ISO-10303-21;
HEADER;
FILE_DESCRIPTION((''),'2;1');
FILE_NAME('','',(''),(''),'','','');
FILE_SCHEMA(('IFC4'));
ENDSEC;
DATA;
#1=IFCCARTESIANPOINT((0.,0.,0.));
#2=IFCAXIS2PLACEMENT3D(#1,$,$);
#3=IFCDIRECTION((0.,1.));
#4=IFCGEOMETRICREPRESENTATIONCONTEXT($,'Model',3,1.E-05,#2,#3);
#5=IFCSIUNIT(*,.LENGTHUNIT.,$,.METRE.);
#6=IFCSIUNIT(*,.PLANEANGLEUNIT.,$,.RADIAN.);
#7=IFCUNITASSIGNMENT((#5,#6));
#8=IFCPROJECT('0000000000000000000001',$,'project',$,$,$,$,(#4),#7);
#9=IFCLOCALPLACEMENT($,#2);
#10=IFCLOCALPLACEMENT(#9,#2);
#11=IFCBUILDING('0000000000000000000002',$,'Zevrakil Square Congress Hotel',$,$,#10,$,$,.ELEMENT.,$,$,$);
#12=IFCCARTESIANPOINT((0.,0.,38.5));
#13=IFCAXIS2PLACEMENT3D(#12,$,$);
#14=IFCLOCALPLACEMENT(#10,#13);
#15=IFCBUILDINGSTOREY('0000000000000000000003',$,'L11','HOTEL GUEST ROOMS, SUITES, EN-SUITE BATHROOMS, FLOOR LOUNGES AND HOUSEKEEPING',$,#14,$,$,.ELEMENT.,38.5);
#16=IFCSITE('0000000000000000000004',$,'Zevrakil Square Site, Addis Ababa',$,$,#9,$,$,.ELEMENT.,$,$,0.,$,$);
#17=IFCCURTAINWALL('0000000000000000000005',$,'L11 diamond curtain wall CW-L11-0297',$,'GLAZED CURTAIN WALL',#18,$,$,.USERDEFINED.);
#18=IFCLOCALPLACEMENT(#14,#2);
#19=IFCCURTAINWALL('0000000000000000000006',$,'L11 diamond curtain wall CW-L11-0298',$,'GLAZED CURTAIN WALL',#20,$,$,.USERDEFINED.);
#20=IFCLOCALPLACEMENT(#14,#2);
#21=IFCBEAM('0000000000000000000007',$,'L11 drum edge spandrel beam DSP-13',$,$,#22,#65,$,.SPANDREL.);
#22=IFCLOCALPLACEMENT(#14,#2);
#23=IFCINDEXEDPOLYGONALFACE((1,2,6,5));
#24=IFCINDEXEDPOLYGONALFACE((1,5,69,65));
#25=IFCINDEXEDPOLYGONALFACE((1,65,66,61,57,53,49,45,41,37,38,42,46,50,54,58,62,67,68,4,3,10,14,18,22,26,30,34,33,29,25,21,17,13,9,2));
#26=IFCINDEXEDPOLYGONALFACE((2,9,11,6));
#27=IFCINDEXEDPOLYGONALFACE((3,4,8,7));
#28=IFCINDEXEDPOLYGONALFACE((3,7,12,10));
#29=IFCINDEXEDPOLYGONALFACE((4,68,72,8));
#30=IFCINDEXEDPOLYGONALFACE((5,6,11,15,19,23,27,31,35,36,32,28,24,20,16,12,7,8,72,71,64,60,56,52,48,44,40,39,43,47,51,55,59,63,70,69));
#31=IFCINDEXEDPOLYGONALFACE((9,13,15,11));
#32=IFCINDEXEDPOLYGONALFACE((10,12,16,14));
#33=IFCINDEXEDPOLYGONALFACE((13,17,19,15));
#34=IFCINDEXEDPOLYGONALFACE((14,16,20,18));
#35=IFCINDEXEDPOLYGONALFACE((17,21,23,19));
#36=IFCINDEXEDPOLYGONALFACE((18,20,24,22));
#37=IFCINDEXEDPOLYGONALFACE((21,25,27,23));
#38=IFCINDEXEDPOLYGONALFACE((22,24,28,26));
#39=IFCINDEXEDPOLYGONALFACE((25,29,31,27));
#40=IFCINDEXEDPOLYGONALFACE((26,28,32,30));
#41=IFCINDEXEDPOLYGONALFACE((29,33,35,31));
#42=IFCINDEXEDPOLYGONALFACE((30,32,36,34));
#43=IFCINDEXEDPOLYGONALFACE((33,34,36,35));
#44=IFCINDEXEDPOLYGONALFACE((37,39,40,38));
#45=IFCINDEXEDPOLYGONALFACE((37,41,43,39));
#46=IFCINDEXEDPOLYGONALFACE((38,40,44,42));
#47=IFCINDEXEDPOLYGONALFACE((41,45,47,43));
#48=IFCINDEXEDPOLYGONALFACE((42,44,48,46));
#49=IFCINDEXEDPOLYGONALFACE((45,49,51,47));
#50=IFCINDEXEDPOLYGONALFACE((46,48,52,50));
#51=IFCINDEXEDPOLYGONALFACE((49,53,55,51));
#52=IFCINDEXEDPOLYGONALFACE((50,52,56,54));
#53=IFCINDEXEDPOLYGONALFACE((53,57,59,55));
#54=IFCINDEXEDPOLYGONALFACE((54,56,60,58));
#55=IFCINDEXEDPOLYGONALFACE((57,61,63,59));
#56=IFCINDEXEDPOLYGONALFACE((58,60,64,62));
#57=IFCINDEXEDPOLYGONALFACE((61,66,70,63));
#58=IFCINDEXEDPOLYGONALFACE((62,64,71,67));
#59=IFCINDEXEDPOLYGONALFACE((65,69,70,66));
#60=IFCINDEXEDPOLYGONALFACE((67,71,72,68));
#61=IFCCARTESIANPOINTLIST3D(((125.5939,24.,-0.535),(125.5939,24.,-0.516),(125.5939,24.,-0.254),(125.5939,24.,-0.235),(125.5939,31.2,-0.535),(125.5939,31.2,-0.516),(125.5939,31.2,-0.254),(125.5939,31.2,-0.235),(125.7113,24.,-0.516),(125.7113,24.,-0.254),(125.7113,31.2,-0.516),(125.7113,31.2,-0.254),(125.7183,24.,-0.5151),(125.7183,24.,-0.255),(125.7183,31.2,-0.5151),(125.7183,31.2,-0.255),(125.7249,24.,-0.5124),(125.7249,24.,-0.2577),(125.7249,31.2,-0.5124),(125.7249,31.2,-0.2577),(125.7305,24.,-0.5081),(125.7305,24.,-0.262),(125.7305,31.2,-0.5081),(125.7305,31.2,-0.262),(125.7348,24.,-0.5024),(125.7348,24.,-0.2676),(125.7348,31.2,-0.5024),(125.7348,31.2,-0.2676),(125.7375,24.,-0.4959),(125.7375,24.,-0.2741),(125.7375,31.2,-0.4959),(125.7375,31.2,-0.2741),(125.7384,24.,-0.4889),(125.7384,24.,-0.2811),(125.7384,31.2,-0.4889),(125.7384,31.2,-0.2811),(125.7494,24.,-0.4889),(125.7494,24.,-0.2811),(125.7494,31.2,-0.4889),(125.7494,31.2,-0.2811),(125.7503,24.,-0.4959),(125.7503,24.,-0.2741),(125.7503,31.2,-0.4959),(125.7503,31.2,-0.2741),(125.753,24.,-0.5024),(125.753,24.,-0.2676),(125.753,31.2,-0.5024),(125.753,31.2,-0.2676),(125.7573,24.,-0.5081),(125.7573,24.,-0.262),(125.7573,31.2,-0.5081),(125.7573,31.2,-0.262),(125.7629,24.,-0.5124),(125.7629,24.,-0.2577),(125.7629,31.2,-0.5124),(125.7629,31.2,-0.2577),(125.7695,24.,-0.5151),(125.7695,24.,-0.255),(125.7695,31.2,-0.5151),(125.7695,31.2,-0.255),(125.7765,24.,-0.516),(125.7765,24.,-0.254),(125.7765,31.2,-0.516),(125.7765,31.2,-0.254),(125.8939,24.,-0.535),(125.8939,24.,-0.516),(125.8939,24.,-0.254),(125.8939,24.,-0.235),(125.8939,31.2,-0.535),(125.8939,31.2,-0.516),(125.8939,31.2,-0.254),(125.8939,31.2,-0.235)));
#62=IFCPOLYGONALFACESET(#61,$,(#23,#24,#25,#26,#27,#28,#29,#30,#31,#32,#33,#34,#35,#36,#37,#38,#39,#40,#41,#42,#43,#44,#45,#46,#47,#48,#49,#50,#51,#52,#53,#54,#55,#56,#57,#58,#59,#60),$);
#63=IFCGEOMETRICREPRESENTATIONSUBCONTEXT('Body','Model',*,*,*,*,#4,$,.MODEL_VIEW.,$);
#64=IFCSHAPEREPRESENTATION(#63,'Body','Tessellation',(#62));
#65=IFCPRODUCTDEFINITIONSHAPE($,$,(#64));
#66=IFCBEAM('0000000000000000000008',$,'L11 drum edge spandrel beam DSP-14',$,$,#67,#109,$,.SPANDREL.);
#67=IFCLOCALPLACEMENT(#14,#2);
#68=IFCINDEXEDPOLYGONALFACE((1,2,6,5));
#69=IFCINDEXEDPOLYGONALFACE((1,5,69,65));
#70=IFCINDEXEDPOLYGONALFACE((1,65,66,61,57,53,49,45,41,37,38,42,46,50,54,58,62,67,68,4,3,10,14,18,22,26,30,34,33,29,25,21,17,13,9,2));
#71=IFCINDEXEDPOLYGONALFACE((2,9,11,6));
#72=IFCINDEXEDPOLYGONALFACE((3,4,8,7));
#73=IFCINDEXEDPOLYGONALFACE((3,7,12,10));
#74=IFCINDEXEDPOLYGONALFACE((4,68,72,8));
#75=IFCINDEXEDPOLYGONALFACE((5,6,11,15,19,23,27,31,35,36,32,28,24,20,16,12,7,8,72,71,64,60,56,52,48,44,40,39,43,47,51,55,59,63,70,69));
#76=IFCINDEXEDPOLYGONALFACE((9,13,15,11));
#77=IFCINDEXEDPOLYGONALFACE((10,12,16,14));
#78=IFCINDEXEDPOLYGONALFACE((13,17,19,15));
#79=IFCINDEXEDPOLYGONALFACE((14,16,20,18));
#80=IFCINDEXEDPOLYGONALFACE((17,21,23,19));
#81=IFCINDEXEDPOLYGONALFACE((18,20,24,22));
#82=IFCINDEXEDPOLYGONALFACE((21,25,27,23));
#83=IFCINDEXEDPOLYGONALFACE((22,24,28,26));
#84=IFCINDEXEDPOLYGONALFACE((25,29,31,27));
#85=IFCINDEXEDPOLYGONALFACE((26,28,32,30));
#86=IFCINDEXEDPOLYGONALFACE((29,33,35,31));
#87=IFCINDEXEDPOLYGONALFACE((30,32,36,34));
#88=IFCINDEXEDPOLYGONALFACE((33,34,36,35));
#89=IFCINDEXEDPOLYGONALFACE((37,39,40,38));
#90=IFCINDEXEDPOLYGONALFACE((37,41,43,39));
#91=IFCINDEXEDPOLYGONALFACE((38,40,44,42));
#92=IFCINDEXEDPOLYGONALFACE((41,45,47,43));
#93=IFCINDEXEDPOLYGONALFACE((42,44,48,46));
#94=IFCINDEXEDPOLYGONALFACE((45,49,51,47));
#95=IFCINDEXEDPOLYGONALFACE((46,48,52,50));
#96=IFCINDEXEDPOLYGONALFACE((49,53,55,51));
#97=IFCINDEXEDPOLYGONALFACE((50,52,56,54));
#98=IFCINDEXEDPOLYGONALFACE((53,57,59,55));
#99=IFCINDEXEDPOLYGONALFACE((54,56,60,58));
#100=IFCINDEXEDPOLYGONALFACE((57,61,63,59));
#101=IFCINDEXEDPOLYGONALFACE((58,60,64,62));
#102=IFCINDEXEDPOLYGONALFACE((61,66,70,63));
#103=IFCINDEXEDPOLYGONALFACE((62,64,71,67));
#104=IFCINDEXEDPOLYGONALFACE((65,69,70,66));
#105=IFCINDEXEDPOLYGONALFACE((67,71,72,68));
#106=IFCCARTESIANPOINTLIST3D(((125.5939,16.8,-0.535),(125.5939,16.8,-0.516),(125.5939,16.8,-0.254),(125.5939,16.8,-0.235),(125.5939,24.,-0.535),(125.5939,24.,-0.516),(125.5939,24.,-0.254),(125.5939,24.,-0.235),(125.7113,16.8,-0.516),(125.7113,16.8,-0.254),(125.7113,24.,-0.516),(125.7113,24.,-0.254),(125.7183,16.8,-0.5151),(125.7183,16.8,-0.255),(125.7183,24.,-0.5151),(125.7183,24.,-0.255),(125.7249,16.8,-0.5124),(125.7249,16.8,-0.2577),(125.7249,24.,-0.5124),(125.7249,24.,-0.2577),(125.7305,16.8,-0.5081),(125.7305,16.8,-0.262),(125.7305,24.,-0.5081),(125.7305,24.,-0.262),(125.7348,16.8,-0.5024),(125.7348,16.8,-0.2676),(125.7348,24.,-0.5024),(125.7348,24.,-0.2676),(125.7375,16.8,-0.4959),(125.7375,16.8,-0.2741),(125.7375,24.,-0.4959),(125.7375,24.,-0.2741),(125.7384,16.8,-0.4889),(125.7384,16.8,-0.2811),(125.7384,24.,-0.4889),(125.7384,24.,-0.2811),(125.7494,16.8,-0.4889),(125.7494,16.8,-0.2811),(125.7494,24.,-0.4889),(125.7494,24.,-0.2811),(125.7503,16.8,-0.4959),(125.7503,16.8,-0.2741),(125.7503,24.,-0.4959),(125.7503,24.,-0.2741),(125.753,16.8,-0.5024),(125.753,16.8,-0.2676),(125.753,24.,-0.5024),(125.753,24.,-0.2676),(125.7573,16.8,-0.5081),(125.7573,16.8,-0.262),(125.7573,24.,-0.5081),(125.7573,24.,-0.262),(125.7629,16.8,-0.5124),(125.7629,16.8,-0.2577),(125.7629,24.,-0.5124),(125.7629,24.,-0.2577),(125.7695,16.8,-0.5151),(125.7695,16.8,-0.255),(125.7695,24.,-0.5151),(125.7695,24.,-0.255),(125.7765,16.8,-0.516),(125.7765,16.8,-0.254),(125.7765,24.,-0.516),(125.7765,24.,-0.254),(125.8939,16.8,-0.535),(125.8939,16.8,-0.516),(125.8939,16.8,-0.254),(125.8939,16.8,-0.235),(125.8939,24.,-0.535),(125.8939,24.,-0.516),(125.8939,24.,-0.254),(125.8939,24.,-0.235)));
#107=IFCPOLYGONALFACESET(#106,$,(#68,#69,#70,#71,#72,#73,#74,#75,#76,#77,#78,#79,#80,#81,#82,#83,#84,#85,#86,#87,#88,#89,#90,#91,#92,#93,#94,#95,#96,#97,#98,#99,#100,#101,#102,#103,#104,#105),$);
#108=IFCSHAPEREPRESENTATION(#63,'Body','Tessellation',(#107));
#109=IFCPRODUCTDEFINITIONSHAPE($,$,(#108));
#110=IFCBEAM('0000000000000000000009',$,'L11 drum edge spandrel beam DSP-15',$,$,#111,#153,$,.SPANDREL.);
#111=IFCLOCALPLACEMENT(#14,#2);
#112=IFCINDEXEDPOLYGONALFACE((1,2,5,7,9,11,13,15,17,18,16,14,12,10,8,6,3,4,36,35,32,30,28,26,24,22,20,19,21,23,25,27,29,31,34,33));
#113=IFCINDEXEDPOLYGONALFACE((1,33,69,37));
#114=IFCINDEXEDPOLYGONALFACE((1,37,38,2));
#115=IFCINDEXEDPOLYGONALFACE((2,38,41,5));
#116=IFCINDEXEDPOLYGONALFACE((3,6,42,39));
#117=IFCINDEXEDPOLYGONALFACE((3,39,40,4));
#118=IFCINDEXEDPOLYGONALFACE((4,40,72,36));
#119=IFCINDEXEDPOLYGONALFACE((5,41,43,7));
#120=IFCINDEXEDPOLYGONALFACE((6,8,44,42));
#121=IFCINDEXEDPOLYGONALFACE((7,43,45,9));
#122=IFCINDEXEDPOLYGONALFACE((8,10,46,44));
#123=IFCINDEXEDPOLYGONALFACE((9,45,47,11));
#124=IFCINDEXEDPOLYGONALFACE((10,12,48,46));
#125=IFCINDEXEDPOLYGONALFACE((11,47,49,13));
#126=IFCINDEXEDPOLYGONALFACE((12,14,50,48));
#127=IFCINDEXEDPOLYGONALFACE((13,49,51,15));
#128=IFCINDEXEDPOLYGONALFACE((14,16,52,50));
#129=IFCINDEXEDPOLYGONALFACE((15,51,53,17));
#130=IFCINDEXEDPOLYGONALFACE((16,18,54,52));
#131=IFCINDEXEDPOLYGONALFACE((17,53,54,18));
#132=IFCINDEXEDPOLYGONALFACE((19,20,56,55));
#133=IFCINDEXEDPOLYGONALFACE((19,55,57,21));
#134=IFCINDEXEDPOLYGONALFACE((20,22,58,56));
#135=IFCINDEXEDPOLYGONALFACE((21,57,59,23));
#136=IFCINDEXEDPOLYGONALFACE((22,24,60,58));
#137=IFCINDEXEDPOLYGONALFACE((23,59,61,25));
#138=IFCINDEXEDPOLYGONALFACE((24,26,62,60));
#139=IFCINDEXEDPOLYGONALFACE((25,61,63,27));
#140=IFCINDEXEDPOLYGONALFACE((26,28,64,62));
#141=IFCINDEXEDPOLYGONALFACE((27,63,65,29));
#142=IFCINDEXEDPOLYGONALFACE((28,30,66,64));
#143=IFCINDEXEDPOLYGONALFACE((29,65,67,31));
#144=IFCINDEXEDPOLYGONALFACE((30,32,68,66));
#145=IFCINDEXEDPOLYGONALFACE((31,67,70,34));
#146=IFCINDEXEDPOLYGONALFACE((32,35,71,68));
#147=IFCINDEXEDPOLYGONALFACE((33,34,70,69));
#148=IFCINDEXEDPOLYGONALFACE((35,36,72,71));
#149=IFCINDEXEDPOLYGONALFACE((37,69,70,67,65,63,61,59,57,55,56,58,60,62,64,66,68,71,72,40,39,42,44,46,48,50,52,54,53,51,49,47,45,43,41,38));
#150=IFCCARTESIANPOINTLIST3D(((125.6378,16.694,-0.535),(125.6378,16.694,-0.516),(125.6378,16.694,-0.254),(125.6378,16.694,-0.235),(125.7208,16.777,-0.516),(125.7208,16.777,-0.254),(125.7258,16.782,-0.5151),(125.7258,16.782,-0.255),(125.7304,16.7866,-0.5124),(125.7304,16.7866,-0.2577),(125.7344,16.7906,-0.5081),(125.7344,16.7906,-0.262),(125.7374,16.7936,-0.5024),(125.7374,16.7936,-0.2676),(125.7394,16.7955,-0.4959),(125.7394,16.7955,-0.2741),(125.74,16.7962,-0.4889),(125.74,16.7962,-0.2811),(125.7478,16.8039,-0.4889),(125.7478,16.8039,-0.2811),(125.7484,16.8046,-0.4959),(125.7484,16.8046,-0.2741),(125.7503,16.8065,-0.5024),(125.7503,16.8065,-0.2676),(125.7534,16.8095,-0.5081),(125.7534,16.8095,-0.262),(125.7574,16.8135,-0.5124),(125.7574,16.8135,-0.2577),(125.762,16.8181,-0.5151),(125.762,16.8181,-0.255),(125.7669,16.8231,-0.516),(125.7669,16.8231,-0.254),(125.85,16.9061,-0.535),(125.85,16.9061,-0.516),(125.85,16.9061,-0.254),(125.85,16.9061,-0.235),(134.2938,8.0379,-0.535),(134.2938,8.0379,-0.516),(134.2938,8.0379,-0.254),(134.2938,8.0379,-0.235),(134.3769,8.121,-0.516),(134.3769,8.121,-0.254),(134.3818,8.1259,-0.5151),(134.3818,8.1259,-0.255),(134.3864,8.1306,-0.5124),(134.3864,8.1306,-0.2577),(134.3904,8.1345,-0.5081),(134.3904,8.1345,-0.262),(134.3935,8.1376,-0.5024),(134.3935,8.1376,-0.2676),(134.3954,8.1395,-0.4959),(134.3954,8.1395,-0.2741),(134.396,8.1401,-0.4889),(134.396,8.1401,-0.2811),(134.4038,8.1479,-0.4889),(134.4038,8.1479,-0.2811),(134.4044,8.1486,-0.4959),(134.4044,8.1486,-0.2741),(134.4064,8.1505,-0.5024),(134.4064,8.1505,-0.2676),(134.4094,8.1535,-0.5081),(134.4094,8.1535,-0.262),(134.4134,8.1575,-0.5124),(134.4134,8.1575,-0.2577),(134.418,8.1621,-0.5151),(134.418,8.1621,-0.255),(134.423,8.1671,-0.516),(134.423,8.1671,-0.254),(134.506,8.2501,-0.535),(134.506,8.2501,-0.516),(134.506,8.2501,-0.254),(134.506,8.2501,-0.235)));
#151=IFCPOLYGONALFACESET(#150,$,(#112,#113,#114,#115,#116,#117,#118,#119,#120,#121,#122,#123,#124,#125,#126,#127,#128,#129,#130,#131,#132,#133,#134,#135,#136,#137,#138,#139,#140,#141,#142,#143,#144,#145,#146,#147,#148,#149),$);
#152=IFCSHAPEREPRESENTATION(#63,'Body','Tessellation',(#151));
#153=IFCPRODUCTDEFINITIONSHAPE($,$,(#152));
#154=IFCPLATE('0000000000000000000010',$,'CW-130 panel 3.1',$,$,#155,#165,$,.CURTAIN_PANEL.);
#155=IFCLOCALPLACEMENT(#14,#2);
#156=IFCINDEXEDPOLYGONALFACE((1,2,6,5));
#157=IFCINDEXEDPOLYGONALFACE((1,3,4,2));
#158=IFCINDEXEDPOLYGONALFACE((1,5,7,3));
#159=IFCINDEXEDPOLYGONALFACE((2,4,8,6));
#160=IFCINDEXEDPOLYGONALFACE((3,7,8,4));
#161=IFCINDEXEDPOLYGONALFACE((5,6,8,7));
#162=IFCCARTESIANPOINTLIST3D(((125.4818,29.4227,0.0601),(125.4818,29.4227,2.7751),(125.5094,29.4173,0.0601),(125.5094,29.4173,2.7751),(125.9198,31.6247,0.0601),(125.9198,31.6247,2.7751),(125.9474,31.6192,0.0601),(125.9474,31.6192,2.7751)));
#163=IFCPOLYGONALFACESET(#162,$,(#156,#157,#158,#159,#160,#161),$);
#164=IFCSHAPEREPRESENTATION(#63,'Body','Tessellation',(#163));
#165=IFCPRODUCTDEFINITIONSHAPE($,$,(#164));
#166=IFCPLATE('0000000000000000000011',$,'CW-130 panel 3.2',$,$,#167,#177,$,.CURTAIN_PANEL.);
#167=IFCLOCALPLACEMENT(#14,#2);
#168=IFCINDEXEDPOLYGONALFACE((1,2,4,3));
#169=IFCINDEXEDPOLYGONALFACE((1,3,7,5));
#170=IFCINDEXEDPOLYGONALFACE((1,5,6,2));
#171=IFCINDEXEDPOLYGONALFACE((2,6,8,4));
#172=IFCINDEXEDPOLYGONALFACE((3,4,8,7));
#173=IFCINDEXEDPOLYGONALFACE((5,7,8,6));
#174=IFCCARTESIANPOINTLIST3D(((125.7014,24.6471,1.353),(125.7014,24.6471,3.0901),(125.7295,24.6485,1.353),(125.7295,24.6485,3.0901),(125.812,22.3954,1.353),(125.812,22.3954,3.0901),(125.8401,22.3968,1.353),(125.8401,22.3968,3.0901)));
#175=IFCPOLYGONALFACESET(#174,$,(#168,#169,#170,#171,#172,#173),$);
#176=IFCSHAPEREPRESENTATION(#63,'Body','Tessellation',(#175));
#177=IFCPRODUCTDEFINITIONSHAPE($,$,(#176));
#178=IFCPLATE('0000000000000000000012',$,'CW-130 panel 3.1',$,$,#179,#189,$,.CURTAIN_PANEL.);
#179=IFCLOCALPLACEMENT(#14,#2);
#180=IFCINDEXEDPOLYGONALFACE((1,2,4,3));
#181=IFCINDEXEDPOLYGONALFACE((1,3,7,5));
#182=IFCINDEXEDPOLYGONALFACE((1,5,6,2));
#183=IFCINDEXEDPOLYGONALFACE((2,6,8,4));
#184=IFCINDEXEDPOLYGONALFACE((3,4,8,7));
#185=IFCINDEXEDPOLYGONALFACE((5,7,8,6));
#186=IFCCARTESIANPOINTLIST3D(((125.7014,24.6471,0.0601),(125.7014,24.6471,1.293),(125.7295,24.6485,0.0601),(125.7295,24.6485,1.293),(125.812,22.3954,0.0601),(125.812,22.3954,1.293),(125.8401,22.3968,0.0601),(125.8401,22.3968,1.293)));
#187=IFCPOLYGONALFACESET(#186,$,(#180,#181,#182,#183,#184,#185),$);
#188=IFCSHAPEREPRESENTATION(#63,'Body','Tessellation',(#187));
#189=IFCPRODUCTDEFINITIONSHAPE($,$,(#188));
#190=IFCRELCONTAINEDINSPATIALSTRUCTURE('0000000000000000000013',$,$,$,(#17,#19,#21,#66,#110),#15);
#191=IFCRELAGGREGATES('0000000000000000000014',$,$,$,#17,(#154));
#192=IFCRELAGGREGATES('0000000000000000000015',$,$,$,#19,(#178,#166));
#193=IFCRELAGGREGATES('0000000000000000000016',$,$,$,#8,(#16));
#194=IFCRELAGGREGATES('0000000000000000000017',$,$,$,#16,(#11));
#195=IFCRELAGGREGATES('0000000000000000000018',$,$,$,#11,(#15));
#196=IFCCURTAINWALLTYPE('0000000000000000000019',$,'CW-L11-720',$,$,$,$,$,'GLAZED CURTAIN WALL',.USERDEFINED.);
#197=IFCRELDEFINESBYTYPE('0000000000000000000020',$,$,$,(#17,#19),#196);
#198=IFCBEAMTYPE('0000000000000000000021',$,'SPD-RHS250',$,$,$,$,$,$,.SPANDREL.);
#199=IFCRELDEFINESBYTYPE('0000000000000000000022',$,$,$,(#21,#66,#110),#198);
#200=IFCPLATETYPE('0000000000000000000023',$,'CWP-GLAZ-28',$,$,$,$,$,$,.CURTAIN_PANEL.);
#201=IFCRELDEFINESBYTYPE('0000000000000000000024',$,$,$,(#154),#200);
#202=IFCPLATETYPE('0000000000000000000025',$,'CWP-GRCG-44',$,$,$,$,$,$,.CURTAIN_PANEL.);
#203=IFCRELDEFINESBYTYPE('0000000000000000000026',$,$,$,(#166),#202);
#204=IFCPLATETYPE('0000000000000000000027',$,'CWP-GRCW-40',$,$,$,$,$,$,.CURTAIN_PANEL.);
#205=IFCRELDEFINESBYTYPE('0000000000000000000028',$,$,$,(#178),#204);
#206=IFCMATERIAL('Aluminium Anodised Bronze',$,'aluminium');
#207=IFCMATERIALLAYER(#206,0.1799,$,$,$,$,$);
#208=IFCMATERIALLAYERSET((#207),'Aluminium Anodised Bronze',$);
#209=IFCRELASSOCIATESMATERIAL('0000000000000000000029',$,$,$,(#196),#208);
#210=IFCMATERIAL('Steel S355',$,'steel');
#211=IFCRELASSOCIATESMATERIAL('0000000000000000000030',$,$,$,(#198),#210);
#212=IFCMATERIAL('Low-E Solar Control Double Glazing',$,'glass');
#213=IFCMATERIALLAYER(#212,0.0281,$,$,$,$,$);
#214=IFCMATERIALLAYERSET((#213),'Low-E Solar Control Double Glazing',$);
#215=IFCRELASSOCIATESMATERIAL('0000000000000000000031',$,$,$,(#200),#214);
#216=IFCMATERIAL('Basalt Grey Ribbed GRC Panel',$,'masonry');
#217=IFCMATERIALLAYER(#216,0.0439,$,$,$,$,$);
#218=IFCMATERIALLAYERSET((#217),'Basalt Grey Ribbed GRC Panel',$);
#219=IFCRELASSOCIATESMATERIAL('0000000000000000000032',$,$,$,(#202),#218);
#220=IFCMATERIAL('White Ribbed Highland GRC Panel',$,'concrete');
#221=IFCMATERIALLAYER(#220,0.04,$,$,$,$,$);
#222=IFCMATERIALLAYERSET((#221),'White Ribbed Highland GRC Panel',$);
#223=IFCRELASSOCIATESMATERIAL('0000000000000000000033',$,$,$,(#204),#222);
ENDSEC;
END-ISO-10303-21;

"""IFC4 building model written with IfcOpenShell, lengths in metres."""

from ifc_helpers import new_model, si_unit, direction, frame, origin, origin_2d, place, context, subcontext, project, spatial, rectangle, i_section, extrude, material, layer, layer_set, material_profile, profile_set, type_object, element, aggregate, save


model = new_model("IFC4")

# Units and contexts
model_context = context("Model", 3, precision=1e-05, world=origin(), true_north=direction((0.0, 1.0)))
body_context = subcontext(model_context, "Body", "Model", "MODEL_VIEW")
ifc_project = project(units=[si_unit("LENGTHUNIT", "METRE"), si_unit("PLANEANGLEUNIT", "RADIAN")], contexts=[model_context])

# Site, building, storey
site_placement = place(None, origin())
site = spatial("IfcSite", under=ifc_project, at=site_placement, Name="Zevrakil Square Site, Addis Ababa", CompositionType="ELEMENT", RefElevation=0.0)
building_placement = place(site_placement, origin())
building = spatial("IfcBuilding", under=site, at=building_placement, Name="Zevrakil Square Congress Hotel", CompositionType="ELEMENT")
storey_placement = place(building_placement, frame((0.0, 0.0, 38.5)))
storey = spatial("IfcBuildingStorey", under=building, at=storey_placement, Name="L11", Description="HOTEL GUEST ROOMS, SUITES, EN-SUITE BATHROOMS, FLOOR LOUNGES AND HOUSEKEEPING", CompositionType="ELEMENT", Elevation=38.5)

# Curtain walls
ifc_material_1 = material(Name="Aluminium Anodised Bronze", Category="aluminium")
ifc_layer_1 = layer(ifc_material_1, 0.1799)
ifc_layer_set_1 = layer_set([ifc_layer_1], Name="Aluminium Anodised Bronze")
curtain_wall_type = type_object("IfcCurtainWallType", Name="CW-L11-720", ElementType="GLAZED CURTAIN WALL", PredefinedType="USERDEFINED", material=ifc_layer_set_1)
curtain_wall_1_placement = place(storey_placement, origin())
curtain_wall_1 = element("IfcCurtainWall", 1, at=curtain_wall_1_placement, inside=storey, type_object=curtain_wall_type, Name="L11 diamond curtain wall CW-L11-0297", ObjectType="GLAZED CURTAIN WALL", PredefinedType="USERDEFINED")
curtain_wall_2_placement = place(storey_placement, origin())
curtain_wall_2 = element("IfcCurtainWall", 2, at=curtain_wall_2_placement, inside=storey, type_object=curtain_wall_type, Name="L11 diamond curtain wall CW-L11-0298", ObjectType="GLAZED CURTAIN WALL", PredefinedType="USERDEFINED")

# Beams
ifc_material_2 = material(Name="Steel S355", Category="steel")
ifc_material_profile_1 = material_profile(ifc_material_2, i_section(OverallWidth=0.3, OverallDepth=0.3, WebThickness=0.011, FlangeThickness=0.019, FilletRadius=0.0271, at=origin_2d()), Name="HEB 300")
ifc_profile_set_1 = profile_set([ifc_material_profile_1], Name="Steel S355")
beam_type = type_object("IfcBeamType", Name="SPD-RHS250", PredefinedType="SPANDREL", material=ifc_profile_set_1)
for number, where, z_axis, x_axis, name in (
    (3, (125.7439, 31.2, -0.385), (0.0, -1.0, 0.0), (1.0, 0.0, 0.0), "L11 drum edge spandrel beam DSP-13"),
    (4, (125.7439, 24.0, -0.385), (0.0, -1.0, 0.0), (1.0, 0.0, 0.0), "L11 drum edge spandrel beam DSP-14"),
):
    element("IfcBeam", number, at=place(storey_placement, frame(where, z_axis=z_axis, x_axis=x_axis)), inside=storey, type_object=beam_type, Name=name, PredefinedType="SPANDREL", context=body_context, shape_type="SweptSolid", body=[
        extrude(i_section(OverallWidth=0.3, OverallDepth=0.3, WebThickness=0.011, FlangeThickness=0.019, FilletRadius=0.0271, at=origin_2d()), origin(), (0.0, 0.0, 1.0), 7.2),
    ])
beam_placement = place(storey_placement, frame((125.7439, 16.8, -0.385), z_axis=(0.707107, -0.707107, 0.0), x_axis=(0.707107, 0.707107, 0.0)))
element("IfcBeam", 5, at=beam_placement, inside=storey, type_object=beam_type, Name="L11 drum edge spandrel beam DSP-15", PredefinedType="SPANDREL", context=body_context, shape_type="SweptSolid", body=[
    extrude(i_section(OverallWidth=0.3, OverallDepth=0.3, WebThickness=0.011, FlangeThickness=0.019, FilletRadius=0.0271, at=origin_2d()), origin(), (0.0, 0.0, 1.0), 12.2415),
])

# Plates
ifc_material_3 = material(Name="Low-E Solar Control Double Glazing", Category="glass")
ifc_layer_2 = layer(ifc_material_3, 0.0281)
ifc_layer_set_2 = layer_set([ifc_layer_2], Name="Low-E Solar Control Double Glazing")
plate_type_1 = type_object("IfcPlateType", Name="CWP-GLAZ-28", PredefinedType="CURTAIN_PANEL", material=ifc_layer_set_2)
plate_1_placement = place(storey_placement, frame((125.7146, 30.521, 0.0601), z_axis=(0.0, 0.0, 1.0), x_axis=(-0.195084, -0.980787, 0.0)))
plate_1 = element("IfcPlate", 6, at=plate_1_placement, type_object=plate_type_1, Name="CW-130 panel 3.1", PredefinedType="CURTAIN_PANEL", context=body_context, shape_type="SweptSolid", body=[
    extrude(rectangle(XDim=2.2451, YDim=0.0281, at=origin_2d()), origin(), (0.0, 0.0, 1.0), 2.7151),
])
aggregate(curtain_wall_1, [plate_1])
ifc_material_4 = material(Name="Basalt Grey Ribbed GRC Panel", Category="masonry")
ifc_layer_3 = layer(ifc_material_4, 0.0439)
ifc_layer_set_3 = layer_set([ifc_layer_3], Name="Basalt Grey Ribbed GRC Panel")
plate_type_2 = type_object("IfcPlateType", Name="CWP-GRCG-44", PredefinedType="CURTAIN_PANEL", material=ifc_layer_set_3)
plate_2_placement = place(storey_placement, frame((125.7708, 23.522, 1.353), z_axis=(0.0, 0.0, 1.0), x_axis=(0.049053, -0.998796, 0.0)))
plate_2 = element("IfcPlate", 7, at=plate_2_placement, type_object=plate_type_2, Name="CW-130 panel 3.2", PredefinedType="CURTAIN_PANEL", context=body_context, shape_type="SweptSolid", body=[
    extrude(rectangle(XDim=2.2544, YDim=0.0281, at=origin_2d()), origin(), (0.0, 0.0, 1.0), 1.7371),
])
ifc_material_5 = material(Name="White Ribbed Highland GRC Panel", Category="concrete")
ifc_layer_4 = layer(ifc_material_5, 0.04)
ifc_layer_set_4 = layer_set([ifc_layer_4], Name="White Ribbed Highland GRC Panel")
plate_type_3 = type_object("IfcPlateType", Name="CWP-GRCW-40", PredefinedType="CURTAIN_PANEL", material=ifc_layer_set_4)
plate_3_placement = place(storey_placement, frame((125.7708, 23.522, 0.0601), z_axis=(0.0, 0.0, 1.0), x_axis=(0.049053, -0.998796, 0.0)))
plate_3 = element("IfcPlate", 8, at=plate_3_placement, type_object=plate_type_3, Name="CW-130 panel 3.1", PredefinedType="CURTAIN_PANEL", context=body_context, shape_type="SweptSolid", body=[
    extrude(rectangle(XDim=2.2544, YDim=0.0281, at=origin_2d()), origin(), (0.0, 0.0, 1.0), 1.2329),
])
aggregate(curtain_wall_2, [plate_3, plate_2])

save(model, "model.ifc")
